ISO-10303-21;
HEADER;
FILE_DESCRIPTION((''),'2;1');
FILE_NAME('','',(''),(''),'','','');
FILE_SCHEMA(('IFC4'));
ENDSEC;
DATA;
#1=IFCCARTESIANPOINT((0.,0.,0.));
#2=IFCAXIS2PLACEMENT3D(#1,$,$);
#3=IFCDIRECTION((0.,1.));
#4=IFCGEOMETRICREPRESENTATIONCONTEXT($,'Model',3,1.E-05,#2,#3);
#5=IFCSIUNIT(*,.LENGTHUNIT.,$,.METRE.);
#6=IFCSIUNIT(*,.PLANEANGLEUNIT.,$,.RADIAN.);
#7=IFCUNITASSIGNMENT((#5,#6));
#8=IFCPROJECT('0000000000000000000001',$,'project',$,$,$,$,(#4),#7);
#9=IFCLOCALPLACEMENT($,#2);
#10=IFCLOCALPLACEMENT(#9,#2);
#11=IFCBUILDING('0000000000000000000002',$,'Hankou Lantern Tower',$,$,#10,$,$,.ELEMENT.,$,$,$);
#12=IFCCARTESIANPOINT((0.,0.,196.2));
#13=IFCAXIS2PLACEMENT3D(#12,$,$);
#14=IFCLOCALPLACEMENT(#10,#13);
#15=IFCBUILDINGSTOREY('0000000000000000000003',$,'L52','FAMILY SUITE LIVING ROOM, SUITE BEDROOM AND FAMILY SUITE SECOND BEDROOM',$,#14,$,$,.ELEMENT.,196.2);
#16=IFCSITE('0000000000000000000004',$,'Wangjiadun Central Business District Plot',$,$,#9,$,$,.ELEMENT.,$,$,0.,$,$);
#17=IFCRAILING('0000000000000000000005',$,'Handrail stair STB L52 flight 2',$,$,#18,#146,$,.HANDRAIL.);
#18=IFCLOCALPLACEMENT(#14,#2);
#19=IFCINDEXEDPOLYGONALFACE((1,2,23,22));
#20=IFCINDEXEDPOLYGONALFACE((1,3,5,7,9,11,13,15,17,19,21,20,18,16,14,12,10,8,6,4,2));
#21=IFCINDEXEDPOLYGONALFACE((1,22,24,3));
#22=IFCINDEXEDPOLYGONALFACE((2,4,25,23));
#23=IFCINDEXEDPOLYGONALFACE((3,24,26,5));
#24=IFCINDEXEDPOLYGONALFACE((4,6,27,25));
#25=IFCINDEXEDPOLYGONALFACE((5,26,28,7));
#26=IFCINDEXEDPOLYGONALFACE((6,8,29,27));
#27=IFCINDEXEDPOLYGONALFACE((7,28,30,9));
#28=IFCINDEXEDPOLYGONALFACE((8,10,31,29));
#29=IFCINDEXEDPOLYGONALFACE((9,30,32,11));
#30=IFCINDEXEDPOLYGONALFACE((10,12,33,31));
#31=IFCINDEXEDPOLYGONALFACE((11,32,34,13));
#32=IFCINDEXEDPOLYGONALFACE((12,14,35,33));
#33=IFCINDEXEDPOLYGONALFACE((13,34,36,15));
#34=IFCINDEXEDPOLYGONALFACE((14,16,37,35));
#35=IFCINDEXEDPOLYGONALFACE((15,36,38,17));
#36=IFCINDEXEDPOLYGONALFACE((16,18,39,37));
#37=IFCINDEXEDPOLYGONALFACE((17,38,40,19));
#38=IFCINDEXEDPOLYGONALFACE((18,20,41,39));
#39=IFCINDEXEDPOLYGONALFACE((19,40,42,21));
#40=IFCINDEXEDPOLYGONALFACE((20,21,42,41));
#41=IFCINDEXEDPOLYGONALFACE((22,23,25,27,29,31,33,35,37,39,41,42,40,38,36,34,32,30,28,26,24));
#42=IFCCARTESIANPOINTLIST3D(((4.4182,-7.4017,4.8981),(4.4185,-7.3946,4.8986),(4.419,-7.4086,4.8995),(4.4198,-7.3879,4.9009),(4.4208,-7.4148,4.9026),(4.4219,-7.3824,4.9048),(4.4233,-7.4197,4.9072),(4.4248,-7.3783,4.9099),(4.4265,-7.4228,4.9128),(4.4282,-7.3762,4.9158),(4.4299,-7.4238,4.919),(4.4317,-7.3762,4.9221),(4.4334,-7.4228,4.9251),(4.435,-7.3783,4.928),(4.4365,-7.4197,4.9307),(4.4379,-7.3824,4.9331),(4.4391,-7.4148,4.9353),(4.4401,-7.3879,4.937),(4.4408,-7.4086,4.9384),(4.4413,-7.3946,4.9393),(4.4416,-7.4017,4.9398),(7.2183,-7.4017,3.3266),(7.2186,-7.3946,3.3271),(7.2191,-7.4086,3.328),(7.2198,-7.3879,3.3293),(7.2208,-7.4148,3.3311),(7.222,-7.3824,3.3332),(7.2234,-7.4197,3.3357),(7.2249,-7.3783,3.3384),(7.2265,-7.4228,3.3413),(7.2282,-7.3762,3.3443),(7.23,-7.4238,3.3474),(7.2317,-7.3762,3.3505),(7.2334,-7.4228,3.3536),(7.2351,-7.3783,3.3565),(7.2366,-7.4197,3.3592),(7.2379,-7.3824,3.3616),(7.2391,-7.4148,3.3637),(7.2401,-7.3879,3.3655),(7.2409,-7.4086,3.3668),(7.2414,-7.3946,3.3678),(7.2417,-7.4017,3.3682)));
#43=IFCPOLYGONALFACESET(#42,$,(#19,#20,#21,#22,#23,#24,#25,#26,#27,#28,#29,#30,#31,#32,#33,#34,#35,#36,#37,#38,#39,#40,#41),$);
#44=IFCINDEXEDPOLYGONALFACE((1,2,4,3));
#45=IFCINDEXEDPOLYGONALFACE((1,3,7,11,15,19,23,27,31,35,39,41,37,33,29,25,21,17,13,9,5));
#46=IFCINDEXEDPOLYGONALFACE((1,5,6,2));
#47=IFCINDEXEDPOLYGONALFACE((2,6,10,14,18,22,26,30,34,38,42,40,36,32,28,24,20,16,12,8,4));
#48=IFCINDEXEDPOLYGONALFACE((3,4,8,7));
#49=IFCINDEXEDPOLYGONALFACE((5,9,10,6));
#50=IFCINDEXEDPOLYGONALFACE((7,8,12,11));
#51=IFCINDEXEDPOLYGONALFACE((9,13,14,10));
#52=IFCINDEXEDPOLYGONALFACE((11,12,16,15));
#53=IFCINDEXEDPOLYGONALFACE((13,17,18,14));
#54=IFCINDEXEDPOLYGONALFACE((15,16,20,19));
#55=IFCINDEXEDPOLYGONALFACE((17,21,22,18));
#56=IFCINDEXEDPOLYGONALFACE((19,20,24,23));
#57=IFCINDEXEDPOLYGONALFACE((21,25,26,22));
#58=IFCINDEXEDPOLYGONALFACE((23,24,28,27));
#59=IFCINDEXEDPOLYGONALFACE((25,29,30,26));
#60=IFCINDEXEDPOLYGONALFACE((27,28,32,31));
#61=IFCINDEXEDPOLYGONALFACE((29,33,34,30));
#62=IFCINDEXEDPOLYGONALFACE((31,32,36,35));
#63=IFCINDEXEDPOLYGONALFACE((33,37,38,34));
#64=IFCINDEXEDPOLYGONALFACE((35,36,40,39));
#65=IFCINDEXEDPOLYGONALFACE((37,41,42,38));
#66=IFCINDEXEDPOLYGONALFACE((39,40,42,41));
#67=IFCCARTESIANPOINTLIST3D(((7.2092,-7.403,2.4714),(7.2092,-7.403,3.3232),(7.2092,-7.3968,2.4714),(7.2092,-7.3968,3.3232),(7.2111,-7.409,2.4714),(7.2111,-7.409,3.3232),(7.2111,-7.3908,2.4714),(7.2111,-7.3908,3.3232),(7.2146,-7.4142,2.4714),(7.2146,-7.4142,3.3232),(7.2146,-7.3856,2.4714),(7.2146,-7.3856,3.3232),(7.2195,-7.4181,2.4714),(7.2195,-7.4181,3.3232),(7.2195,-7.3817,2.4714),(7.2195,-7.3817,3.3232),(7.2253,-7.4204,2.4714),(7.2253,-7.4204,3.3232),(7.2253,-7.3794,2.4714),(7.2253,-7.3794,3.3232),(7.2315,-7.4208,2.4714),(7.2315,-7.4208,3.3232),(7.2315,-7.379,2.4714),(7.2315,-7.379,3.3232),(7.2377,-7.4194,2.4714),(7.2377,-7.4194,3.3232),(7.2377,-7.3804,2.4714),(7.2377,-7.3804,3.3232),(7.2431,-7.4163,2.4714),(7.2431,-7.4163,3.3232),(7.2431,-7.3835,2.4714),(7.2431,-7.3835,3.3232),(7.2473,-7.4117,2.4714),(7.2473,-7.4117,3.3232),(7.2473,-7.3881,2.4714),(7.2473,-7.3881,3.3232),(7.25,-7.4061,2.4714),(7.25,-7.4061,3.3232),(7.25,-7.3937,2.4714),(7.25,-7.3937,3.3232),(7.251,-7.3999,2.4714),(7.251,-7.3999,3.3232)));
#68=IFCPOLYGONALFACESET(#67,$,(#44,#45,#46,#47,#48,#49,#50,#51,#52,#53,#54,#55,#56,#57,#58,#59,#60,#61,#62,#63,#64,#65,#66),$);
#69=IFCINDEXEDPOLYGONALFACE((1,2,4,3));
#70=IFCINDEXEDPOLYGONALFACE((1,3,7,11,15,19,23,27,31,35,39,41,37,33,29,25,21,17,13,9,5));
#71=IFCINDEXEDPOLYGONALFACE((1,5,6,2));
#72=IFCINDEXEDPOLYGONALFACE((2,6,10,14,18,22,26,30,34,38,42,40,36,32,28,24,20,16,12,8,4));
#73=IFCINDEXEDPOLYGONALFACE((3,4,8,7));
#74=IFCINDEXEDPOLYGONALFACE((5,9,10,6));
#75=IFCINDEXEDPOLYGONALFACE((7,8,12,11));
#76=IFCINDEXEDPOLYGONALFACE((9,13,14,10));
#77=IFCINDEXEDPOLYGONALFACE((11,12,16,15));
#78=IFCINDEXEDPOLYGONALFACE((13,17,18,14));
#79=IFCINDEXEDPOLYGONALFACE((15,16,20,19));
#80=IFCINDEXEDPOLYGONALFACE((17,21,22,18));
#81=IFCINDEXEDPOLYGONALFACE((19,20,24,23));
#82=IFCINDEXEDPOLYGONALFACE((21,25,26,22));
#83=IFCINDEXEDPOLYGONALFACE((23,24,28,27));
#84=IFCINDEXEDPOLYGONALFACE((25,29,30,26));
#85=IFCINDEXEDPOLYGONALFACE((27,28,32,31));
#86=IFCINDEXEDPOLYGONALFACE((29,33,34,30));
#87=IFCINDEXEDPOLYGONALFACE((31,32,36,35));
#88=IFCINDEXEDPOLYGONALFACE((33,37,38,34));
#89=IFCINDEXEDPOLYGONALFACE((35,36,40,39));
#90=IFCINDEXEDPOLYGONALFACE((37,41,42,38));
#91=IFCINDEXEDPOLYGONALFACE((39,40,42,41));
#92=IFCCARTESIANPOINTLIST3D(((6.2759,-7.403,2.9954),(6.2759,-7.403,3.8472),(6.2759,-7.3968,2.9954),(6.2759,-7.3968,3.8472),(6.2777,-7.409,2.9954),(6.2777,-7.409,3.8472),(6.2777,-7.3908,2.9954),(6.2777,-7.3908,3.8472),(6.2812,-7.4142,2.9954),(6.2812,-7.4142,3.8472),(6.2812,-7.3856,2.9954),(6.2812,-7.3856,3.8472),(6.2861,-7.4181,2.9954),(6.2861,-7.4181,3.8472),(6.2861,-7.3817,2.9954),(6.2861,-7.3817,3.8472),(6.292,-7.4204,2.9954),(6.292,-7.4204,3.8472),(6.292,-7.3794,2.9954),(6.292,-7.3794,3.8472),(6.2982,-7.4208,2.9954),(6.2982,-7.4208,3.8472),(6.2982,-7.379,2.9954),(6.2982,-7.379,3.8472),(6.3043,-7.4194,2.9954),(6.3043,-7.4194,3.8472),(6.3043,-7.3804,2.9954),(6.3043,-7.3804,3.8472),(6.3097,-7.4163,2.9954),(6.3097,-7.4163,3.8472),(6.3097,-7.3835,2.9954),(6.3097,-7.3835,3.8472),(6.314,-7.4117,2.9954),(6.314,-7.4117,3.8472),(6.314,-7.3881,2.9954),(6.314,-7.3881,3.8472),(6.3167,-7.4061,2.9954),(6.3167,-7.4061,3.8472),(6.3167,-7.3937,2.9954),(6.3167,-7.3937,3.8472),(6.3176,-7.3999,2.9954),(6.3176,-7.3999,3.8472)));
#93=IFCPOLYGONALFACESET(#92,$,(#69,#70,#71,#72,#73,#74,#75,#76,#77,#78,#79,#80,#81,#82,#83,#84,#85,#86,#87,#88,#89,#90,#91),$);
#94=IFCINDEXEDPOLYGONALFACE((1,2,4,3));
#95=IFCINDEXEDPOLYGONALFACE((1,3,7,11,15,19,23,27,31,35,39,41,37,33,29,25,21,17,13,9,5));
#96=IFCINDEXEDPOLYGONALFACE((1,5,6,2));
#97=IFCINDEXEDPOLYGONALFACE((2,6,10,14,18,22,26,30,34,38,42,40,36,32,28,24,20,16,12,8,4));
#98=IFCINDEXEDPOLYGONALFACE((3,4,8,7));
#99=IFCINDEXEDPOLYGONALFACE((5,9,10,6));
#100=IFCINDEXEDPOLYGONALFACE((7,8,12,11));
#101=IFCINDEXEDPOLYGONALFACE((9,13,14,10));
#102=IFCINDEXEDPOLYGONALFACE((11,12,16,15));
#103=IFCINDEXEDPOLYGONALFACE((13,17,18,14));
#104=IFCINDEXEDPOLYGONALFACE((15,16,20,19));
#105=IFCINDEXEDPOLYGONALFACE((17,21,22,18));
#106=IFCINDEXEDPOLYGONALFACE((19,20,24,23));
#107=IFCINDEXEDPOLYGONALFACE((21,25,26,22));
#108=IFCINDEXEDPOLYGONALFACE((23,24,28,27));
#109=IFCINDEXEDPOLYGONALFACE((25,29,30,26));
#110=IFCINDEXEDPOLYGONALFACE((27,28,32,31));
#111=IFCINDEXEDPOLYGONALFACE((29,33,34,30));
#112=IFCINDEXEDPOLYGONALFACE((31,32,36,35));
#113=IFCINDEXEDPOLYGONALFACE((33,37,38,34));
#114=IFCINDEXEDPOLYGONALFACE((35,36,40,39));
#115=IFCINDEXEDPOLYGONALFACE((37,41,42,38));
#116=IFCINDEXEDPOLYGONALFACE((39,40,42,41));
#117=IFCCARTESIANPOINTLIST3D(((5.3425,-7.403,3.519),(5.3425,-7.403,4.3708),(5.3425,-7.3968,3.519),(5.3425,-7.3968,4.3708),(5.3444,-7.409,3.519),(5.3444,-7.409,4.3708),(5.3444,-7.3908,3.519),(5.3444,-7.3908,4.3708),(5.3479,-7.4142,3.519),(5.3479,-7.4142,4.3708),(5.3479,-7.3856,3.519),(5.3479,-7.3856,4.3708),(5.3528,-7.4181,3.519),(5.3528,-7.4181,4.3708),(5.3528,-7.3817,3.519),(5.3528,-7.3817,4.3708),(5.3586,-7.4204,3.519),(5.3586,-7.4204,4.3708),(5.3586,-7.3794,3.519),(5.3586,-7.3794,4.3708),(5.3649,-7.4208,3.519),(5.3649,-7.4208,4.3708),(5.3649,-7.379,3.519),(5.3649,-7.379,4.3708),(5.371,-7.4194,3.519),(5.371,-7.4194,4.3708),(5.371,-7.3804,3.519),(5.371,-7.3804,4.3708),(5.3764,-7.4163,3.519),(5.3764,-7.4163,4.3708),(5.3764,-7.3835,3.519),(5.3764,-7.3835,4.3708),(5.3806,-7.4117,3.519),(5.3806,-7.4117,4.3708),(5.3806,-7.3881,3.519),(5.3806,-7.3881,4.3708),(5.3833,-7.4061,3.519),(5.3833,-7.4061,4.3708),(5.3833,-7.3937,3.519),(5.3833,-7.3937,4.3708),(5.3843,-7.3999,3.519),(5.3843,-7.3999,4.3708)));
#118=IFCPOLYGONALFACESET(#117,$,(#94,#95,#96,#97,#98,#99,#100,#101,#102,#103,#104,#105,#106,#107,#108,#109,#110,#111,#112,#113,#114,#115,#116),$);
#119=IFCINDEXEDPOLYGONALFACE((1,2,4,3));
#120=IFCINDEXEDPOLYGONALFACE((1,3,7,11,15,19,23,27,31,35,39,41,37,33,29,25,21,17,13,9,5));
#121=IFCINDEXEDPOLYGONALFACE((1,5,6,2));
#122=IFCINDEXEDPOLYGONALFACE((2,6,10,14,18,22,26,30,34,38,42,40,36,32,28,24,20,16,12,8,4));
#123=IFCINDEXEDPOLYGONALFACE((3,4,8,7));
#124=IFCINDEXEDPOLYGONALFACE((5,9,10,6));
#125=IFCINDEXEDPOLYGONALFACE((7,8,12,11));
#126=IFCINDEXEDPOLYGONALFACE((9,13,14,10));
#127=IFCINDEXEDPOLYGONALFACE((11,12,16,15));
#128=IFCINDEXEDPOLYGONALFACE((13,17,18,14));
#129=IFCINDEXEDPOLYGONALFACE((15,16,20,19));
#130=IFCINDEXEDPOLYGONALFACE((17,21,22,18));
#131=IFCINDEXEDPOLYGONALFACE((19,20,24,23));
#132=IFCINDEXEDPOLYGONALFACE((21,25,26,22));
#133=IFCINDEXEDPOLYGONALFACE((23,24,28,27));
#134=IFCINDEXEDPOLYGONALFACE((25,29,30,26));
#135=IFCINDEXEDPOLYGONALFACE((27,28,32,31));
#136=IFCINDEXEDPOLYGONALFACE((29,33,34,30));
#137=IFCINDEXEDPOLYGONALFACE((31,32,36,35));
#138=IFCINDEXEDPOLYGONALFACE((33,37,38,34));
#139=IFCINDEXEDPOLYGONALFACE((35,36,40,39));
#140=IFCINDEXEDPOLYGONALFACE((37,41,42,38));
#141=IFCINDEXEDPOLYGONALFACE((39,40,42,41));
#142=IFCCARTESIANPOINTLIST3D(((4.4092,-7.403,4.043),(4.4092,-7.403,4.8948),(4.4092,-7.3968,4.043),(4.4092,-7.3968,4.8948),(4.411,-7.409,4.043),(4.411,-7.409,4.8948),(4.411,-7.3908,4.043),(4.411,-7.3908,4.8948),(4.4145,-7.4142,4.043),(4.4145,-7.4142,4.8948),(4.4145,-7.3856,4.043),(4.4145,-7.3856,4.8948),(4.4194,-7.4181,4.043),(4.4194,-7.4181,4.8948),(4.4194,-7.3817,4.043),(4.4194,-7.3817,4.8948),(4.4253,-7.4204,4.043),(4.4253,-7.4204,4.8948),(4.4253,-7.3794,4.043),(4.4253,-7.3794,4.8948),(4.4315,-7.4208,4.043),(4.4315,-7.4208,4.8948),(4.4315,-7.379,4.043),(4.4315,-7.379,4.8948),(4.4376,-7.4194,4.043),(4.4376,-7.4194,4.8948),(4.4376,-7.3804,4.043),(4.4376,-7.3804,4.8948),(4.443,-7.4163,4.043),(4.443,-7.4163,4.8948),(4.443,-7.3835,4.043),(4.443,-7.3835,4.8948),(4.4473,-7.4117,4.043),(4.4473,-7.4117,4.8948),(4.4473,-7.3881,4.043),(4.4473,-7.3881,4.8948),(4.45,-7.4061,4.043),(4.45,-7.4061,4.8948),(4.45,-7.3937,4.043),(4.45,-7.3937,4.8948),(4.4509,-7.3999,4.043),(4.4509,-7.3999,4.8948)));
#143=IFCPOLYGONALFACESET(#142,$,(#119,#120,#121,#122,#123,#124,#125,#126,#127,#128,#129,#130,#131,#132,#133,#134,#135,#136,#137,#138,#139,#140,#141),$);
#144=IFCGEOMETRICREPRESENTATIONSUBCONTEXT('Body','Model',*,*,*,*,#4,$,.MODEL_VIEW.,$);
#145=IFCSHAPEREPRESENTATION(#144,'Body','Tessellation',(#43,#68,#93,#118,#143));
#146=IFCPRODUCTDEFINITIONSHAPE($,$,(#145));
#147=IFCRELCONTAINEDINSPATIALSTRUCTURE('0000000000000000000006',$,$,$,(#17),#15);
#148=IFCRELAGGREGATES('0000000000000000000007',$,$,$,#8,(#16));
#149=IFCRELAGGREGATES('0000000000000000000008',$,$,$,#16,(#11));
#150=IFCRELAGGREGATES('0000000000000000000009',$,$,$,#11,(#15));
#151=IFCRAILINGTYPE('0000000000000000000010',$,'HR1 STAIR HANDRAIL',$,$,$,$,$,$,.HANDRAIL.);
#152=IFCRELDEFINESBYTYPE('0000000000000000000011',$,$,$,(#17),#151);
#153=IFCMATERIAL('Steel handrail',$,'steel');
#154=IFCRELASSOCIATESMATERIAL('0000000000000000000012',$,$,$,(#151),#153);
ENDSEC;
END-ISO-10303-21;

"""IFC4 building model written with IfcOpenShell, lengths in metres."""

from ifc_helpers import new_model, si_unit, direction, frame, origin, origin_2d, place, context, subcontext, project, spatial, circle, extrude, material, type_object, element, save


model = new_model("IFC4")

# Units and contexts
model_context = context("Model", 3, precision=1e-05, world=origin(), true_north=direction((0.0, 1.0)))
body_context = subcontext(model_context, "Body", "Model", "MODEL_VIEW")
ifc_project = project(units=[si_unit("LENGTHUNIT", "METRE"), si_unit("PLANEANGLEUNIT", "RADIAN")], contexts=[model_context])

# Site, building, storey
site_placement = place(None, origin())
site = spatial("IfcSite", under=ifc_project, at=site_placement, Name="Wangjiadun Central Business District Plot", CompositionType="ELEMENT", RefElevation=0.0)
building_placement = place(site_placement, origin())
building = spatial("IfcBuilding", under=site, at=building_placement, Name="Hankou Lantern Tower", CompositionType="ELEMENT")
storey_placement = place(building_placement, frame((0.0, 0.0, 196.2)))
storey = spatial("IfcBuildingStorey", under=building, at=storey_placement, Name="L52", Description="FAMILY SUITE LIVING ROOM, SUITE BEDROOM AND FAMILY SUITE SECOND BEDROOM", CompositionType="ELEMENT", Elevation=196.2)

# Railing
ifc_material_1 = material(Name="Steel handrail", Category="steel")
railing_type = type_object("IfcRailingType", Name="HR1 STAIR HANDRAIL", PredefinedType="HANDRAIL", material=ifc_material_1)
railing_1_placement = place(storey_placement, frame((7.23, -7.3999, 2.4714)))
element("IfcRailing", 1, at=railing_1_placement, inside=storey, type_object=railing_type, Name="Handrail stair STB L52 flight 2", PredefinedType="HANDRAIL", context=body_context, shape_type="SweptSolid", body=[
    extrude(circle(Radius=0.0239, at=origin_2d()), frame((0.0, 0.0, 0.876), z_axis=(-0.87204, 0.0, 0.489434), x_axis=(0.0, -1.0, 0.0)), (0.0, 0.0, 1.0), 3.2109),
    extrude(circle(Radius=0.021, at=origin_2d()), origin(), (0.0, 0.0, 1.0), 0.8518),
    extrude(circle(Radius=0.021, at=origin_2d()), frame((-0.9333, 0.0, 0.5239)), (0.0, 0.0, 1.0), 0.8518),
    extrude(circle(Radius=0.021, at=origin_2d()), frame((-1.8667, 0.0, 1.0476)), (0.0, 0.0, 1.0), 0.8518),
    extrude(circle(Radius=0.021, at=origin_2d()), frame((-2.8, 0.0, 1.5715)), (0.0, 0.0, 1.0), 0.8518),
])

save(model, "model.ifc")
